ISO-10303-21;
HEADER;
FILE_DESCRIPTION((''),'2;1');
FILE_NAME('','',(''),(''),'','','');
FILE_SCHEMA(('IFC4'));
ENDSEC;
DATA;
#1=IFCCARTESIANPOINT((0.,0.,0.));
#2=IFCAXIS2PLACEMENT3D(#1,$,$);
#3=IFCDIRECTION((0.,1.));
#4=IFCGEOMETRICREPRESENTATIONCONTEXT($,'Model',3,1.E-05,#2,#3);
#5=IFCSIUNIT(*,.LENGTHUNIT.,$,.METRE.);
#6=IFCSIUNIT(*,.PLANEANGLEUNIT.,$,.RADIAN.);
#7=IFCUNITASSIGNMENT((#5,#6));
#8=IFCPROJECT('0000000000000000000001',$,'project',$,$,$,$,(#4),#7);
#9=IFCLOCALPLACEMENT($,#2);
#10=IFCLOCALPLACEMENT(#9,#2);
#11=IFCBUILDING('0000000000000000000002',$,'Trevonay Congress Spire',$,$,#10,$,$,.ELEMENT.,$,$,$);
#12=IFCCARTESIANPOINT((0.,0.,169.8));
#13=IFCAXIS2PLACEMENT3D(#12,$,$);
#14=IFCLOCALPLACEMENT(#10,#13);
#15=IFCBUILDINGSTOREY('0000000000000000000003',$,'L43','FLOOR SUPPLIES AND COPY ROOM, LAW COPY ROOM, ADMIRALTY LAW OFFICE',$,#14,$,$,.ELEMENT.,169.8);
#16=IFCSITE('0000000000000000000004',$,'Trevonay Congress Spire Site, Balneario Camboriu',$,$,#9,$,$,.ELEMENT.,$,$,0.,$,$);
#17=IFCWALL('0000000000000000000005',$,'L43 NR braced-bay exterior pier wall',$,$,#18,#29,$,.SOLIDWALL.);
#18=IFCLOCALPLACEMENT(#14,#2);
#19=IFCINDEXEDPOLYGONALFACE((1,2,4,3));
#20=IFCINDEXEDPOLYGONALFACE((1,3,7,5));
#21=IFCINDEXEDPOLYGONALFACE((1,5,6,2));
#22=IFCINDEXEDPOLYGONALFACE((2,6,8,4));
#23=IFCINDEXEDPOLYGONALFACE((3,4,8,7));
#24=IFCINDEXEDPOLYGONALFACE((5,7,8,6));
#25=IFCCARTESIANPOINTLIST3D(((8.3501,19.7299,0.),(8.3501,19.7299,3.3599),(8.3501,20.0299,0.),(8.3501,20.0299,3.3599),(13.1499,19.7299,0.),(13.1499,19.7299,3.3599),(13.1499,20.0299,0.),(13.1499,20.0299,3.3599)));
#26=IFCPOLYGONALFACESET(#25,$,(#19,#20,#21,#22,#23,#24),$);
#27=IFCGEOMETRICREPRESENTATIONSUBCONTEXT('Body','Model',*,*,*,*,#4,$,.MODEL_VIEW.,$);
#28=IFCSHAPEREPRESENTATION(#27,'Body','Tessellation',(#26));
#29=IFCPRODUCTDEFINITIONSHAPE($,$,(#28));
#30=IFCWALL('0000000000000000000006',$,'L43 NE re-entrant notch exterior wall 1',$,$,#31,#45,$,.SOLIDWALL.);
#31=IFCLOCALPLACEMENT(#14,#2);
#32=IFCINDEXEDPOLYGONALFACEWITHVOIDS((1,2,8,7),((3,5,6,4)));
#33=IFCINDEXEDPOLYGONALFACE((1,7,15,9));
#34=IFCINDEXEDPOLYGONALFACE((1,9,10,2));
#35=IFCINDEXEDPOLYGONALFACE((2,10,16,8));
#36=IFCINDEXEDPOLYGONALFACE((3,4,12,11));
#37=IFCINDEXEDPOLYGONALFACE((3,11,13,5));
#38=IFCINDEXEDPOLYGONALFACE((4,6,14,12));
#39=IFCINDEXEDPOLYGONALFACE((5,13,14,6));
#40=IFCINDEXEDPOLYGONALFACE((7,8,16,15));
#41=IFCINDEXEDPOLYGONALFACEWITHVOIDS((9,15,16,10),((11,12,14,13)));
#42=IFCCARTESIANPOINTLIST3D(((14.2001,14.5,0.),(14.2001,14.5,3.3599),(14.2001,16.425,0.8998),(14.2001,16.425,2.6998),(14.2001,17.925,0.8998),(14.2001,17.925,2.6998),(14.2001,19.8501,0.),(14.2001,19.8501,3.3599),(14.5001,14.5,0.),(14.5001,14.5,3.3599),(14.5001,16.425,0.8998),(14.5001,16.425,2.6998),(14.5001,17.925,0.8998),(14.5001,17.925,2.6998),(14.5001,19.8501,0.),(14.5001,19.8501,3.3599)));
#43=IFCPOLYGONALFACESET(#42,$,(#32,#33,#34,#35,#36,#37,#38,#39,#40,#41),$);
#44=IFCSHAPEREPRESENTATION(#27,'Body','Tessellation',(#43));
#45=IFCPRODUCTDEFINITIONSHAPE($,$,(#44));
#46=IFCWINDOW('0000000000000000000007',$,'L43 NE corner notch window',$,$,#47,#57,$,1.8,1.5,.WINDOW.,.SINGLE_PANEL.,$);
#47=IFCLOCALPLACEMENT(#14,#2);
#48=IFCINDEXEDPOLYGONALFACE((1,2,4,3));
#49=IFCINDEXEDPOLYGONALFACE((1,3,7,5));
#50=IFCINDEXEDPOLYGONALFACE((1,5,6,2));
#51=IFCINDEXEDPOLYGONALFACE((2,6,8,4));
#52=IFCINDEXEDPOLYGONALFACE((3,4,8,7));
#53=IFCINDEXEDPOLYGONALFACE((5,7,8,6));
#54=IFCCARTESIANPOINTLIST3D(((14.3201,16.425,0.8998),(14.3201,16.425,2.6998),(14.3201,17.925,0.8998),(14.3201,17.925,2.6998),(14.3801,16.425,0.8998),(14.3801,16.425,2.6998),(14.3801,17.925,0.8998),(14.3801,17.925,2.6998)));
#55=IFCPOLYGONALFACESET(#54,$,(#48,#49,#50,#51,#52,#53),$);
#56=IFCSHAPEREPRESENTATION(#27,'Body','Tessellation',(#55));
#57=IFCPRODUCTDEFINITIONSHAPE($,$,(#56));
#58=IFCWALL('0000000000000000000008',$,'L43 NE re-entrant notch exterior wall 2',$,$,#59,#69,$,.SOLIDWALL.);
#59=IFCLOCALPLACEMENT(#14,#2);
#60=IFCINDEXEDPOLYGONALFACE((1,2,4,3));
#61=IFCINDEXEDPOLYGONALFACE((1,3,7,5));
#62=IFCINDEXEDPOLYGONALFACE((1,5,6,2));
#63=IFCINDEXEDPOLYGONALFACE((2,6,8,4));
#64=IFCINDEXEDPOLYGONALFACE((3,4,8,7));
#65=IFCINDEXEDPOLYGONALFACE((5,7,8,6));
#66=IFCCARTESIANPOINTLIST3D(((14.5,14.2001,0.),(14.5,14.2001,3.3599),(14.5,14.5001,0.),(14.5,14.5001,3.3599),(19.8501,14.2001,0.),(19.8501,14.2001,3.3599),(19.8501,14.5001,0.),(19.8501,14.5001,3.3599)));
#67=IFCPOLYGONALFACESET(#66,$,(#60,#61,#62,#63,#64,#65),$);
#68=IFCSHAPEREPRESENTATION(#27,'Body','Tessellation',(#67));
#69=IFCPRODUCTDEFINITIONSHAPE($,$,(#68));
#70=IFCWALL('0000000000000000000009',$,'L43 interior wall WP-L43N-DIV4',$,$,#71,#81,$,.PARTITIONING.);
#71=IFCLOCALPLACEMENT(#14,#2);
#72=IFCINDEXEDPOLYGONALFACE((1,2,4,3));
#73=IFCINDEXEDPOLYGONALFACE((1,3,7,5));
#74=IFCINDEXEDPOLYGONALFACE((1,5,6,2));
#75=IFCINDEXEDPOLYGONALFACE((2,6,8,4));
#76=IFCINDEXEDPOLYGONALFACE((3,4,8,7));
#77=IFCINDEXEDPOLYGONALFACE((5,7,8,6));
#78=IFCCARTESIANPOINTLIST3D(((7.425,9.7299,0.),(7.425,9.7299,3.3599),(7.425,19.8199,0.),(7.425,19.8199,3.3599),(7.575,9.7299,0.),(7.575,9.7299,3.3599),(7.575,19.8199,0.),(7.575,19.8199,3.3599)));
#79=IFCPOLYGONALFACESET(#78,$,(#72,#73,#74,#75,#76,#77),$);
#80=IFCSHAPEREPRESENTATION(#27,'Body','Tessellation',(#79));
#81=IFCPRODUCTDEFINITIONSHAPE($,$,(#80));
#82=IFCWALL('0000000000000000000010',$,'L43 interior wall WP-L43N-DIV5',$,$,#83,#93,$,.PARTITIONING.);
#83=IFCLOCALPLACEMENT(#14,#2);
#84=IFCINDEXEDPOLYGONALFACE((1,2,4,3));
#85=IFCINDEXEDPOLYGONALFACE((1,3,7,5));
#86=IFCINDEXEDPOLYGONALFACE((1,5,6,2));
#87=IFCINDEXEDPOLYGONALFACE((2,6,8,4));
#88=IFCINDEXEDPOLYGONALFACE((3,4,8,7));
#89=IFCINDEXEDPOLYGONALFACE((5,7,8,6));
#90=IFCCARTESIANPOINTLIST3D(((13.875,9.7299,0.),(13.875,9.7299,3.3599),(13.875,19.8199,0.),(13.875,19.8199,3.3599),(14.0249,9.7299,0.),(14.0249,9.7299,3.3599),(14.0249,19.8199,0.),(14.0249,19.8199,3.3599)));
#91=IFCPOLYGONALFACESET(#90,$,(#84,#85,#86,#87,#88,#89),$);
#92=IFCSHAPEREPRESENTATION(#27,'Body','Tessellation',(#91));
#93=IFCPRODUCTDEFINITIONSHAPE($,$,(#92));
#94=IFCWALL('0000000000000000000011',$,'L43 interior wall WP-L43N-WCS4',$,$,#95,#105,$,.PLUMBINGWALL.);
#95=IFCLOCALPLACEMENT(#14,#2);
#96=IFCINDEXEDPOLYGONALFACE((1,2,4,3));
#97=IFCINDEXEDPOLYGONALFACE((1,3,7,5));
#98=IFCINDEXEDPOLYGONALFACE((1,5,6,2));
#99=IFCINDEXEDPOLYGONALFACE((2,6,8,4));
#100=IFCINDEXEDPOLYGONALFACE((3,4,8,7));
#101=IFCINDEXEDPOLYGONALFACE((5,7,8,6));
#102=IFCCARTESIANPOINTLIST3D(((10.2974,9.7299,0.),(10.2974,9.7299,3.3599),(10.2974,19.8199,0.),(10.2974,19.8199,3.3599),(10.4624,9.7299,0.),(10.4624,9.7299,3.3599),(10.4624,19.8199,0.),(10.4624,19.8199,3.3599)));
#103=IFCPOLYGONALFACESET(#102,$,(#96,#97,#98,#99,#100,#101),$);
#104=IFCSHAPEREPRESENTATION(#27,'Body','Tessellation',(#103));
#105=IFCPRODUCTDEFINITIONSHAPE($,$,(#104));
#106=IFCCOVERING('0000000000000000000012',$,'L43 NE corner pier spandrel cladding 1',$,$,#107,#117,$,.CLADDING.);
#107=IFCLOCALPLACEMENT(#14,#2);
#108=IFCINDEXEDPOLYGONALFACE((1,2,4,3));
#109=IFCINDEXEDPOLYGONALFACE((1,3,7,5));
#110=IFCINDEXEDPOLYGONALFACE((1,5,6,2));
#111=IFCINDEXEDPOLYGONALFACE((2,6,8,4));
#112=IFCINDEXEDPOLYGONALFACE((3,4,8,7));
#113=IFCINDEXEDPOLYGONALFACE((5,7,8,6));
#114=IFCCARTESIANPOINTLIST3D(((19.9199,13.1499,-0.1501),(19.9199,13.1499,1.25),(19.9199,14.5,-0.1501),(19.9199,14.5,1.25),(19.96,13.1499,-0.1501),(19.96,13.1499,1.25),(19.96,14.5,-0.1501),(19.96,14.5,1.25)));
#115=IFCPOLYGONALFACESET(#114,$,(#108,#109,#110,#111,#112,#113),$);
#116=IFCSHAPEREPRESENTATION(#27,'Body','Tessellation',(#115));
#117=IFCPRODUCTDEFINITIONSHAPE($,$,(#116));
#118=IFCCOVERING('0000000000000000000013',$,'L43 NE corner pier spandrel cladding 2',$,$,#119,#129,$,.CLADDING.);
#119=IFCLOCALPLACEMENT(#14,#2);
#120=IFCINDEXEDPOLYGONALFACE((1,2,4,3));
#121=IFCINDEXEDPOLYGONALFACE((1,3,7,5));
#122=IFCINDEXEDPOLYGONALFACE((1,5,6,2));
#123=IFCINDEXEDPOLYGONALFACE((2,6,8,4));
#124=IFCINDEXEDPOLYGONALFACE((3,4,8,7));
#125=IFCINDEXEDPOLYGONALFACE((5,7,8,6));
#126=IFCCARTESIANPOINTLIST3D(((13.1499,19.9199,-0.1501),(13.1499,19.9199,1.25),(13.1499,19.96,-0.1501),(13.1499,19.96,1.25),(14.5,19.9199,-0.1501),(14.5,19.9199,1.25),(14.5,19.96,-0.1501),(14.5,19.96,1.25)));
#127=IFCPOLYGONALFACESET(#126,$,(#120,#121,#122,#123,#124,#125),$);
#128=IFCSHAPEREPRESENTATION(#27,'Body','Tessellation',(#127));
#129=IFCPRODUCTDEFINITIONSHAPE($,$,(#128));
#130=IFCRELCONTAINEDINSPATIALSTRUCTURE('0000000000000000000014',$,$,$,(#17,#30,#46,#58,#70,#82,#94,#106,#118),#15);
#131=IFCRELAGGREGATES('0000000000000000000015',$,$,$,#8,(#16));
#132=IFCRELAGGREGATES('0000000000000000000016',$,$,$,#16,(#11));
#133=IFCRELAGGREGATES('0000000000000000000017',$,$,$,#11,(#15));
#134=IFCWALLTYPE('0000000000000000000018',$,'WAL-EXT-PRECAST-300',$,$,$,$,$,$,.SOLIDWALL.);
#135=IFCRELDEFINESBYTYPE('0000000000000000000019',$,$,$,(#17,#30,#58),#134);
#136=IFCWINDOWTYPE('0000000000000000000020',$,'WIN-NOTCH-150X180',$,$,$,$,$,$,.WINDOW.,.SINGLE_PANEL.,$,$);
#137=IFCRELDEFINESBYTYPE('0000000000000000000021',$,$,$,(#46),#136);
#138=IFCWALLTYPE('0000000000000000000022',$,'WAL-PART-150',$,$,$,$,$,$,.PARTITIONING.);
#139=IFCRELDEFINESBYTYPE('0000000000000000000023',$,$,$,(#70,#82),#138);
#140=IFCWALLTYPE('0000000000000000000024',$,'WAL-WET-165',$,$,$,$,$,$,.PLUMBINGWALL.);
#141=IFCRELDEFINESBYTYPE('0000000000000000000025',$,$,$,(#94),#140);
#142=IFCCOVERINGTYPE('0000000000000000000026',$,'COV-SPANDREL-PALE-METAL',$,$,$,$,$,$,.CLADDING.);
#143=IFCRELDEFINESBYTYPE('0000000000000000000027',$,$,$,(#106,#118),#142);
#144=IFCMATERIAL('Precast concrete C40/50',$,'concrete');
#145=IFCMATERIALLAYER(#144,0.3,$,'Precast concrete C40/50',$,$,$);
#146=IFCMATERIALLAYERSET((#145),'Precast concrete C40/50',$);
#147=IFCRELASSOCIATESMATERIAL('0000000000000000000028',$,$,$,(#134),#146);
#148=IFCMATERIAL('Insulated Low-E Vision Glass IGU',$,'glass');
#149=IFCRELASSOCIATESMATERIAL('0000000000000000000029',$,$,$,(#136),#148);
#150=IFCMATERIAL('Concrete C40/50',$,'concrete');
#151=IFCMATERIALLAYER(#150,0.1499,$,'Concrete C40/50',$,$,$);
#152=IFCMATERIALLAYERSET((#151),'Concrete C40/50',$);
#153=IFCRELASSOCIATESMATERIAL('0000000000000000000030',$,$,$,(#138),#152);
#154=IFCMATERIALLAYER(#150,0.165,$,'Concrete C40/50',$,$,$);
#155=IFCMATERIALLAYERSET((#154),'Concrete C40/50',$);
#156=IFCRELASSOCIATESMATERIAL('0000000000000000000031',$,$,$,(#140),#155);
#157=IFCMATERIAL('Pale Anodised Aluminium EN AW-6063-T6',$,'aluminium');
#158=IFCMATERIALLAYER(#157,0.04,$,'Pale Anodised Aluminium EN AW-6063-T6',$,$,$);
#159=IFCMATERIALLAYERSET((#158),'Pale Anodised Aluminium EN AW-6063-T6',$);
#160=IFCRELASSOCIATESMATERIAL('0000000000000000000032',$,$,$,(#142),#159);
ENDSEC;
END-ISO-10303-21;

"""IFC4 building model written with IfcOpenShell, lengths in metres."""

from ifc_helpers import new_model, si_unit, direction, frame, frame_2d, origin, place, context, subcontext, project, spatial, rectangle, extrude, material, layer, layer_set, type_object, element, fill, save


model = new_model("IFC4")

# Units and contexts
model_context = context("Model", 3, precision=1e-05, world=origin(), true_north=direction((0.0, 1.0)))
body_context = subcontext(model_context, "Body", "Model", "MODEL_VIEW")
ifc_project = project(units=[si_unit("LENGTHUNIT", "METRE"), si_unit("PLANEANGLEUNIT", "RADIAN")], contexts=[model_context])

# Site, building, storey
site_placement = place(None, origin())
site = spatial("IfcSite", under=ifc_project, at=site_placement, Name="Trevonay Congress Spire Site, Balneario Camboriu", CompositionType="ELEMENT", RefElevation=0.0)
building_placement = place(site_placement, origin())
building = spatial("IfcBuilding", under=site, at=building_placement, Name="Trevonay Congress Spire", CompositionType="ELEMENT")
storey_placement = place(building_placement, frame((0.0, 0.0, 169.8)))
storey = spatial("IfcBuildingStorey", under=building, at=storey_placement, Name="L43", Description="FLOOR SUPPLIES AND COPY ROOM, LAW COPY ROOM, ADMIRALTY LAW OFFICE", CompositionType="ELEMENT", Elevation=169.8)

# Shared definitions
ifc_material_1 = material(Name="Pale Anodised Aluminium EN AW-6063-T6", Category="aluminium")

# Shared definitions
ifc_material_2 = material(Name="Insulated Low-E Vision Glass IGU", Category="glass")

# Wall
ifc_material_3 = material(Name="Precast concrete C40/50", Category="concrete")
ifc_layer_1 = layer(ifc_material_3, 0.3, Name="Precast concrete C40/50")
ifc_layer_set_1 = layer_set([ifc_layer_1], Name="Precast concrete C40/50")
wall_type_1 = type_object("IfcWallType", Name="WAL-EXT-PRECAST-300", PredefinedType="SOLIDWALL", material=ifc_layer_set_1)
wall_1_placement = place(storey_placement, frame((8.3501, 19.8799, 0.0), z_axis=(0.0, 0.0, 1.0), x_axis=(1.0, 0.0, 0.0)))
element("IfcWall", 1, at=wall_1_placement, inside=storey, type_object=wall_type_1, Name="L43 NR braced-bay exterior pier wall", PredefinedType="SOLIDWALL", context=body_context, shape_type="SweptSolid", body=[
    extrude(rectangle(XDim=4.7998, YDim=0.3, at=frame_2d((2.3999, 0.0))), origin(), (0.0, 0.0, 1.0), 3.3599),
])

# Wall, opening, window
wall_2_placement = place(storey_placement, frame((14.3501, 19.8501, 0.0), z_axis=(0.0, 0.0, 1.0), x_axis=(0.0, -1.0, 0.0)))
wall_2 = element("IfcWall", 2, at=wall_2_placement, inside=storey, type_object=wall_type_1, Name="L43 NE re-entrant notch exterior wall 1", PredefinedType="SOLIDWALL", context=body_context, shape_type="SweptSolid", body=[
    extrude(rectangle(XDim=5.3501, YDim=0.3, at=frame_2d((2.675, 0.0))), origin(), (0.0, 0.0, 1.0), 3.3599),
])
opening_placement = place(wall_2_placement, frame((1.925, 0.0, 0.8999)))
opening = element("IfcOpeningElement", 3, at=opening_placement, cuts=wall_2, PredefinedType="OPENING", context=body_context, shape_type="SweptSolid", body=[
    extrude(rectangle(XDim=1.5, YDim=1.8, at=frame_2d((0.75, 0.8999))), frame((0.0, 0.1602, 0.0), z_axis=(0.0, -1.0, 0.0), x_axis=(1.0, 0.0, 0.0)), (0.0, 0.0, 1.0), 0.3201),
])
window_type = type_object("IfcWindowType", Name="WIN-NOTCH-150X180", PartitioningType="SINGLE_PANEL", PredefinedType="WINDOW", material=ifc_material_2)
window_placement = place(opening_placement, origin())
window = element("IfcWindow", 4, at=window_placement, inside=storey, type_object=window_type, Name="L43 NE corner notch window", OverallHeight=1.8, OverallWidth=1.5, PartitioningType="SINGLE_PANEL", PredefinedType="WINDOW", context=body_context, shape_type="SweptSolid", body=[
    extrude(rectangle(XDim=1.5, YDim=1.8, at=frame_2d((0.75, 0.8999))), frame((0.0, 0.03, 0.0), z_axis=(0.0, -1.0, 0.0), x_axis=(1.0, 0.0, 0.0)), (0.0, 0.0, 1.0), 0.0601),
])
fill(opening, window)

# Walls
wall_3_placement = place(storey_placement, frame((19.8501, 14.3501, 0.0), z_axis=(0.0, 0.0, 1.0), x_axis=(-1.0, 0.0, 0.0)))
element("IfcWall", 5, at=wall_3_placement, inside=storey, type_object=wall_type_1, Name="L43 NE re-entrant notch exterior wall 2", PredefinedType="SOLIDWALL", context=body_context, shape_type="SweptSolid", body=[
    extrude(rectangle(XDim=5.3501, YDim=0.3, at=frame_2d((2.675, 0.0))), origin(), (0.0, 0.0, 1.0), 3.3599),
])
ifc_material_4 = material(Name="Concrete C40/50", Category="concrete")
ifc_layer_2 = layer(ifc_material_4, 0.1499, Name="Concrete C40/50")
ifc_layer_set_2 = layer_set([ifc_layer_2], Name="Concrete C40/50")
wall_type_2 = type_object("IfcWallType", Name="WAL-PART-150", PredefinedType="PARTITIONING", material=ifc_layer_set_2)
for number, where, z_axis, x_axis, name in (
    (6, (7.5, 9.73, 0.0), (0.0, 0.0, 1.0), (0.0, 1.0, 0.0), "L43 interior wall WP-L43N-DIV4"),
    (7, (13.95, 9.73, 0.0), (0.0, 0.0, 1.0), (0.0, 1.0, 0.0), "L43 interior wall WP-L43N-DIV5"),
):
    element("IfcWall", number, at=place(storey_placement, frame(where, z_axis=z_axis, x_axis=x_axis)), inside=storey, type_object=wall_type_2, Name=name, PredefinedType="PARTITIONING", context=body_context, shape_type="SweptSolid", body=[
        extrude(rectangle(XDim=10.0901, YDim=0.1499, at=frame_2d((5.0449, 0.0))), origin(), (0.0, 0.0, 1.0), 3.3599),
    ])
ifc_layer_3 = layer(ifc_material_4, 0.165, Name="Concrete C40/50")
ifc_layer_set_3 = layer_set([ifc_layer_3], Name="Concrete C40/50")
wall_type_3 = type_object("IfcWallType", Name="WAL-WET-165", PredefinedType="PLUMBINGWALL", material=ifc_layer_set_3)
wall_4_placement = place(storey_placement, frame((10.3799, 9.73, 0.0), z_axis=(0.0, 0.0, 1.0), x_axis=(0.0, 1.0, 0.0)))
element("IfcWall", 8, at=wall_4_placement, inside=storey, type_object=wall_type_3, Name="L43 interior wall WP-L43N-WCS4", PredefinedType="PLUMBINGWALL", context=body_context, shape_type="SweptSolid", body=[
    extrude(rectangle(XDim=10.0901, YDim=0.165, at=frame_2d((5.0449, 0.0))), origin(), (0.0, 0.0, 1.0), 3.3599),
])

# Coverings
ifc_layer_4 = layer(ifc_material_1, 0.04, Name="Pale Anodised Aluminium EN AW-6063-T6")
ifc_layer_set_4 = layer_set([ifc_layer_4], Name="Pale Anodised Aluminium EN AW-6063-T6")
covering_type = type_object("IfcCoveringType", Name="COV-SPANDREL-PALE-METAL", PredefinedType="CLADDING", material=ifc_layer_set_4)
for number, where, z_axis, x_axis, name in (
    (9, (19.9399, 13.1499, -0.1501), (0.0, 0.0, 1.0), (0.0, 1.0, 0.0), "L43 NE corner pier spandrel cladding 1"),
    (10, (13.1499, 19.9399, -0.1501), (0.0, 0.0, 1.0), (1.0, 0.0, 0.0), "L43 NE corner pier spandrel cladding 2"),
):
    element("IfcCovering", number, at=place(storey_placement, frame(where, z_axis=z_axis, x_axis=x_axis)), inside=storey, type_object=covering_type, Name=name, PredefinedType="CLADDING", context=body_context, shape_type="SweptSolid", body=[
        extrude(rectangle(XDim=1.3501, YDim=0.04, at=frame_2d((0.675, 0.0))), origin(), (0.0, 0.0, 1.0), 1.4001),
    ])

save(model, "model.ifc")
